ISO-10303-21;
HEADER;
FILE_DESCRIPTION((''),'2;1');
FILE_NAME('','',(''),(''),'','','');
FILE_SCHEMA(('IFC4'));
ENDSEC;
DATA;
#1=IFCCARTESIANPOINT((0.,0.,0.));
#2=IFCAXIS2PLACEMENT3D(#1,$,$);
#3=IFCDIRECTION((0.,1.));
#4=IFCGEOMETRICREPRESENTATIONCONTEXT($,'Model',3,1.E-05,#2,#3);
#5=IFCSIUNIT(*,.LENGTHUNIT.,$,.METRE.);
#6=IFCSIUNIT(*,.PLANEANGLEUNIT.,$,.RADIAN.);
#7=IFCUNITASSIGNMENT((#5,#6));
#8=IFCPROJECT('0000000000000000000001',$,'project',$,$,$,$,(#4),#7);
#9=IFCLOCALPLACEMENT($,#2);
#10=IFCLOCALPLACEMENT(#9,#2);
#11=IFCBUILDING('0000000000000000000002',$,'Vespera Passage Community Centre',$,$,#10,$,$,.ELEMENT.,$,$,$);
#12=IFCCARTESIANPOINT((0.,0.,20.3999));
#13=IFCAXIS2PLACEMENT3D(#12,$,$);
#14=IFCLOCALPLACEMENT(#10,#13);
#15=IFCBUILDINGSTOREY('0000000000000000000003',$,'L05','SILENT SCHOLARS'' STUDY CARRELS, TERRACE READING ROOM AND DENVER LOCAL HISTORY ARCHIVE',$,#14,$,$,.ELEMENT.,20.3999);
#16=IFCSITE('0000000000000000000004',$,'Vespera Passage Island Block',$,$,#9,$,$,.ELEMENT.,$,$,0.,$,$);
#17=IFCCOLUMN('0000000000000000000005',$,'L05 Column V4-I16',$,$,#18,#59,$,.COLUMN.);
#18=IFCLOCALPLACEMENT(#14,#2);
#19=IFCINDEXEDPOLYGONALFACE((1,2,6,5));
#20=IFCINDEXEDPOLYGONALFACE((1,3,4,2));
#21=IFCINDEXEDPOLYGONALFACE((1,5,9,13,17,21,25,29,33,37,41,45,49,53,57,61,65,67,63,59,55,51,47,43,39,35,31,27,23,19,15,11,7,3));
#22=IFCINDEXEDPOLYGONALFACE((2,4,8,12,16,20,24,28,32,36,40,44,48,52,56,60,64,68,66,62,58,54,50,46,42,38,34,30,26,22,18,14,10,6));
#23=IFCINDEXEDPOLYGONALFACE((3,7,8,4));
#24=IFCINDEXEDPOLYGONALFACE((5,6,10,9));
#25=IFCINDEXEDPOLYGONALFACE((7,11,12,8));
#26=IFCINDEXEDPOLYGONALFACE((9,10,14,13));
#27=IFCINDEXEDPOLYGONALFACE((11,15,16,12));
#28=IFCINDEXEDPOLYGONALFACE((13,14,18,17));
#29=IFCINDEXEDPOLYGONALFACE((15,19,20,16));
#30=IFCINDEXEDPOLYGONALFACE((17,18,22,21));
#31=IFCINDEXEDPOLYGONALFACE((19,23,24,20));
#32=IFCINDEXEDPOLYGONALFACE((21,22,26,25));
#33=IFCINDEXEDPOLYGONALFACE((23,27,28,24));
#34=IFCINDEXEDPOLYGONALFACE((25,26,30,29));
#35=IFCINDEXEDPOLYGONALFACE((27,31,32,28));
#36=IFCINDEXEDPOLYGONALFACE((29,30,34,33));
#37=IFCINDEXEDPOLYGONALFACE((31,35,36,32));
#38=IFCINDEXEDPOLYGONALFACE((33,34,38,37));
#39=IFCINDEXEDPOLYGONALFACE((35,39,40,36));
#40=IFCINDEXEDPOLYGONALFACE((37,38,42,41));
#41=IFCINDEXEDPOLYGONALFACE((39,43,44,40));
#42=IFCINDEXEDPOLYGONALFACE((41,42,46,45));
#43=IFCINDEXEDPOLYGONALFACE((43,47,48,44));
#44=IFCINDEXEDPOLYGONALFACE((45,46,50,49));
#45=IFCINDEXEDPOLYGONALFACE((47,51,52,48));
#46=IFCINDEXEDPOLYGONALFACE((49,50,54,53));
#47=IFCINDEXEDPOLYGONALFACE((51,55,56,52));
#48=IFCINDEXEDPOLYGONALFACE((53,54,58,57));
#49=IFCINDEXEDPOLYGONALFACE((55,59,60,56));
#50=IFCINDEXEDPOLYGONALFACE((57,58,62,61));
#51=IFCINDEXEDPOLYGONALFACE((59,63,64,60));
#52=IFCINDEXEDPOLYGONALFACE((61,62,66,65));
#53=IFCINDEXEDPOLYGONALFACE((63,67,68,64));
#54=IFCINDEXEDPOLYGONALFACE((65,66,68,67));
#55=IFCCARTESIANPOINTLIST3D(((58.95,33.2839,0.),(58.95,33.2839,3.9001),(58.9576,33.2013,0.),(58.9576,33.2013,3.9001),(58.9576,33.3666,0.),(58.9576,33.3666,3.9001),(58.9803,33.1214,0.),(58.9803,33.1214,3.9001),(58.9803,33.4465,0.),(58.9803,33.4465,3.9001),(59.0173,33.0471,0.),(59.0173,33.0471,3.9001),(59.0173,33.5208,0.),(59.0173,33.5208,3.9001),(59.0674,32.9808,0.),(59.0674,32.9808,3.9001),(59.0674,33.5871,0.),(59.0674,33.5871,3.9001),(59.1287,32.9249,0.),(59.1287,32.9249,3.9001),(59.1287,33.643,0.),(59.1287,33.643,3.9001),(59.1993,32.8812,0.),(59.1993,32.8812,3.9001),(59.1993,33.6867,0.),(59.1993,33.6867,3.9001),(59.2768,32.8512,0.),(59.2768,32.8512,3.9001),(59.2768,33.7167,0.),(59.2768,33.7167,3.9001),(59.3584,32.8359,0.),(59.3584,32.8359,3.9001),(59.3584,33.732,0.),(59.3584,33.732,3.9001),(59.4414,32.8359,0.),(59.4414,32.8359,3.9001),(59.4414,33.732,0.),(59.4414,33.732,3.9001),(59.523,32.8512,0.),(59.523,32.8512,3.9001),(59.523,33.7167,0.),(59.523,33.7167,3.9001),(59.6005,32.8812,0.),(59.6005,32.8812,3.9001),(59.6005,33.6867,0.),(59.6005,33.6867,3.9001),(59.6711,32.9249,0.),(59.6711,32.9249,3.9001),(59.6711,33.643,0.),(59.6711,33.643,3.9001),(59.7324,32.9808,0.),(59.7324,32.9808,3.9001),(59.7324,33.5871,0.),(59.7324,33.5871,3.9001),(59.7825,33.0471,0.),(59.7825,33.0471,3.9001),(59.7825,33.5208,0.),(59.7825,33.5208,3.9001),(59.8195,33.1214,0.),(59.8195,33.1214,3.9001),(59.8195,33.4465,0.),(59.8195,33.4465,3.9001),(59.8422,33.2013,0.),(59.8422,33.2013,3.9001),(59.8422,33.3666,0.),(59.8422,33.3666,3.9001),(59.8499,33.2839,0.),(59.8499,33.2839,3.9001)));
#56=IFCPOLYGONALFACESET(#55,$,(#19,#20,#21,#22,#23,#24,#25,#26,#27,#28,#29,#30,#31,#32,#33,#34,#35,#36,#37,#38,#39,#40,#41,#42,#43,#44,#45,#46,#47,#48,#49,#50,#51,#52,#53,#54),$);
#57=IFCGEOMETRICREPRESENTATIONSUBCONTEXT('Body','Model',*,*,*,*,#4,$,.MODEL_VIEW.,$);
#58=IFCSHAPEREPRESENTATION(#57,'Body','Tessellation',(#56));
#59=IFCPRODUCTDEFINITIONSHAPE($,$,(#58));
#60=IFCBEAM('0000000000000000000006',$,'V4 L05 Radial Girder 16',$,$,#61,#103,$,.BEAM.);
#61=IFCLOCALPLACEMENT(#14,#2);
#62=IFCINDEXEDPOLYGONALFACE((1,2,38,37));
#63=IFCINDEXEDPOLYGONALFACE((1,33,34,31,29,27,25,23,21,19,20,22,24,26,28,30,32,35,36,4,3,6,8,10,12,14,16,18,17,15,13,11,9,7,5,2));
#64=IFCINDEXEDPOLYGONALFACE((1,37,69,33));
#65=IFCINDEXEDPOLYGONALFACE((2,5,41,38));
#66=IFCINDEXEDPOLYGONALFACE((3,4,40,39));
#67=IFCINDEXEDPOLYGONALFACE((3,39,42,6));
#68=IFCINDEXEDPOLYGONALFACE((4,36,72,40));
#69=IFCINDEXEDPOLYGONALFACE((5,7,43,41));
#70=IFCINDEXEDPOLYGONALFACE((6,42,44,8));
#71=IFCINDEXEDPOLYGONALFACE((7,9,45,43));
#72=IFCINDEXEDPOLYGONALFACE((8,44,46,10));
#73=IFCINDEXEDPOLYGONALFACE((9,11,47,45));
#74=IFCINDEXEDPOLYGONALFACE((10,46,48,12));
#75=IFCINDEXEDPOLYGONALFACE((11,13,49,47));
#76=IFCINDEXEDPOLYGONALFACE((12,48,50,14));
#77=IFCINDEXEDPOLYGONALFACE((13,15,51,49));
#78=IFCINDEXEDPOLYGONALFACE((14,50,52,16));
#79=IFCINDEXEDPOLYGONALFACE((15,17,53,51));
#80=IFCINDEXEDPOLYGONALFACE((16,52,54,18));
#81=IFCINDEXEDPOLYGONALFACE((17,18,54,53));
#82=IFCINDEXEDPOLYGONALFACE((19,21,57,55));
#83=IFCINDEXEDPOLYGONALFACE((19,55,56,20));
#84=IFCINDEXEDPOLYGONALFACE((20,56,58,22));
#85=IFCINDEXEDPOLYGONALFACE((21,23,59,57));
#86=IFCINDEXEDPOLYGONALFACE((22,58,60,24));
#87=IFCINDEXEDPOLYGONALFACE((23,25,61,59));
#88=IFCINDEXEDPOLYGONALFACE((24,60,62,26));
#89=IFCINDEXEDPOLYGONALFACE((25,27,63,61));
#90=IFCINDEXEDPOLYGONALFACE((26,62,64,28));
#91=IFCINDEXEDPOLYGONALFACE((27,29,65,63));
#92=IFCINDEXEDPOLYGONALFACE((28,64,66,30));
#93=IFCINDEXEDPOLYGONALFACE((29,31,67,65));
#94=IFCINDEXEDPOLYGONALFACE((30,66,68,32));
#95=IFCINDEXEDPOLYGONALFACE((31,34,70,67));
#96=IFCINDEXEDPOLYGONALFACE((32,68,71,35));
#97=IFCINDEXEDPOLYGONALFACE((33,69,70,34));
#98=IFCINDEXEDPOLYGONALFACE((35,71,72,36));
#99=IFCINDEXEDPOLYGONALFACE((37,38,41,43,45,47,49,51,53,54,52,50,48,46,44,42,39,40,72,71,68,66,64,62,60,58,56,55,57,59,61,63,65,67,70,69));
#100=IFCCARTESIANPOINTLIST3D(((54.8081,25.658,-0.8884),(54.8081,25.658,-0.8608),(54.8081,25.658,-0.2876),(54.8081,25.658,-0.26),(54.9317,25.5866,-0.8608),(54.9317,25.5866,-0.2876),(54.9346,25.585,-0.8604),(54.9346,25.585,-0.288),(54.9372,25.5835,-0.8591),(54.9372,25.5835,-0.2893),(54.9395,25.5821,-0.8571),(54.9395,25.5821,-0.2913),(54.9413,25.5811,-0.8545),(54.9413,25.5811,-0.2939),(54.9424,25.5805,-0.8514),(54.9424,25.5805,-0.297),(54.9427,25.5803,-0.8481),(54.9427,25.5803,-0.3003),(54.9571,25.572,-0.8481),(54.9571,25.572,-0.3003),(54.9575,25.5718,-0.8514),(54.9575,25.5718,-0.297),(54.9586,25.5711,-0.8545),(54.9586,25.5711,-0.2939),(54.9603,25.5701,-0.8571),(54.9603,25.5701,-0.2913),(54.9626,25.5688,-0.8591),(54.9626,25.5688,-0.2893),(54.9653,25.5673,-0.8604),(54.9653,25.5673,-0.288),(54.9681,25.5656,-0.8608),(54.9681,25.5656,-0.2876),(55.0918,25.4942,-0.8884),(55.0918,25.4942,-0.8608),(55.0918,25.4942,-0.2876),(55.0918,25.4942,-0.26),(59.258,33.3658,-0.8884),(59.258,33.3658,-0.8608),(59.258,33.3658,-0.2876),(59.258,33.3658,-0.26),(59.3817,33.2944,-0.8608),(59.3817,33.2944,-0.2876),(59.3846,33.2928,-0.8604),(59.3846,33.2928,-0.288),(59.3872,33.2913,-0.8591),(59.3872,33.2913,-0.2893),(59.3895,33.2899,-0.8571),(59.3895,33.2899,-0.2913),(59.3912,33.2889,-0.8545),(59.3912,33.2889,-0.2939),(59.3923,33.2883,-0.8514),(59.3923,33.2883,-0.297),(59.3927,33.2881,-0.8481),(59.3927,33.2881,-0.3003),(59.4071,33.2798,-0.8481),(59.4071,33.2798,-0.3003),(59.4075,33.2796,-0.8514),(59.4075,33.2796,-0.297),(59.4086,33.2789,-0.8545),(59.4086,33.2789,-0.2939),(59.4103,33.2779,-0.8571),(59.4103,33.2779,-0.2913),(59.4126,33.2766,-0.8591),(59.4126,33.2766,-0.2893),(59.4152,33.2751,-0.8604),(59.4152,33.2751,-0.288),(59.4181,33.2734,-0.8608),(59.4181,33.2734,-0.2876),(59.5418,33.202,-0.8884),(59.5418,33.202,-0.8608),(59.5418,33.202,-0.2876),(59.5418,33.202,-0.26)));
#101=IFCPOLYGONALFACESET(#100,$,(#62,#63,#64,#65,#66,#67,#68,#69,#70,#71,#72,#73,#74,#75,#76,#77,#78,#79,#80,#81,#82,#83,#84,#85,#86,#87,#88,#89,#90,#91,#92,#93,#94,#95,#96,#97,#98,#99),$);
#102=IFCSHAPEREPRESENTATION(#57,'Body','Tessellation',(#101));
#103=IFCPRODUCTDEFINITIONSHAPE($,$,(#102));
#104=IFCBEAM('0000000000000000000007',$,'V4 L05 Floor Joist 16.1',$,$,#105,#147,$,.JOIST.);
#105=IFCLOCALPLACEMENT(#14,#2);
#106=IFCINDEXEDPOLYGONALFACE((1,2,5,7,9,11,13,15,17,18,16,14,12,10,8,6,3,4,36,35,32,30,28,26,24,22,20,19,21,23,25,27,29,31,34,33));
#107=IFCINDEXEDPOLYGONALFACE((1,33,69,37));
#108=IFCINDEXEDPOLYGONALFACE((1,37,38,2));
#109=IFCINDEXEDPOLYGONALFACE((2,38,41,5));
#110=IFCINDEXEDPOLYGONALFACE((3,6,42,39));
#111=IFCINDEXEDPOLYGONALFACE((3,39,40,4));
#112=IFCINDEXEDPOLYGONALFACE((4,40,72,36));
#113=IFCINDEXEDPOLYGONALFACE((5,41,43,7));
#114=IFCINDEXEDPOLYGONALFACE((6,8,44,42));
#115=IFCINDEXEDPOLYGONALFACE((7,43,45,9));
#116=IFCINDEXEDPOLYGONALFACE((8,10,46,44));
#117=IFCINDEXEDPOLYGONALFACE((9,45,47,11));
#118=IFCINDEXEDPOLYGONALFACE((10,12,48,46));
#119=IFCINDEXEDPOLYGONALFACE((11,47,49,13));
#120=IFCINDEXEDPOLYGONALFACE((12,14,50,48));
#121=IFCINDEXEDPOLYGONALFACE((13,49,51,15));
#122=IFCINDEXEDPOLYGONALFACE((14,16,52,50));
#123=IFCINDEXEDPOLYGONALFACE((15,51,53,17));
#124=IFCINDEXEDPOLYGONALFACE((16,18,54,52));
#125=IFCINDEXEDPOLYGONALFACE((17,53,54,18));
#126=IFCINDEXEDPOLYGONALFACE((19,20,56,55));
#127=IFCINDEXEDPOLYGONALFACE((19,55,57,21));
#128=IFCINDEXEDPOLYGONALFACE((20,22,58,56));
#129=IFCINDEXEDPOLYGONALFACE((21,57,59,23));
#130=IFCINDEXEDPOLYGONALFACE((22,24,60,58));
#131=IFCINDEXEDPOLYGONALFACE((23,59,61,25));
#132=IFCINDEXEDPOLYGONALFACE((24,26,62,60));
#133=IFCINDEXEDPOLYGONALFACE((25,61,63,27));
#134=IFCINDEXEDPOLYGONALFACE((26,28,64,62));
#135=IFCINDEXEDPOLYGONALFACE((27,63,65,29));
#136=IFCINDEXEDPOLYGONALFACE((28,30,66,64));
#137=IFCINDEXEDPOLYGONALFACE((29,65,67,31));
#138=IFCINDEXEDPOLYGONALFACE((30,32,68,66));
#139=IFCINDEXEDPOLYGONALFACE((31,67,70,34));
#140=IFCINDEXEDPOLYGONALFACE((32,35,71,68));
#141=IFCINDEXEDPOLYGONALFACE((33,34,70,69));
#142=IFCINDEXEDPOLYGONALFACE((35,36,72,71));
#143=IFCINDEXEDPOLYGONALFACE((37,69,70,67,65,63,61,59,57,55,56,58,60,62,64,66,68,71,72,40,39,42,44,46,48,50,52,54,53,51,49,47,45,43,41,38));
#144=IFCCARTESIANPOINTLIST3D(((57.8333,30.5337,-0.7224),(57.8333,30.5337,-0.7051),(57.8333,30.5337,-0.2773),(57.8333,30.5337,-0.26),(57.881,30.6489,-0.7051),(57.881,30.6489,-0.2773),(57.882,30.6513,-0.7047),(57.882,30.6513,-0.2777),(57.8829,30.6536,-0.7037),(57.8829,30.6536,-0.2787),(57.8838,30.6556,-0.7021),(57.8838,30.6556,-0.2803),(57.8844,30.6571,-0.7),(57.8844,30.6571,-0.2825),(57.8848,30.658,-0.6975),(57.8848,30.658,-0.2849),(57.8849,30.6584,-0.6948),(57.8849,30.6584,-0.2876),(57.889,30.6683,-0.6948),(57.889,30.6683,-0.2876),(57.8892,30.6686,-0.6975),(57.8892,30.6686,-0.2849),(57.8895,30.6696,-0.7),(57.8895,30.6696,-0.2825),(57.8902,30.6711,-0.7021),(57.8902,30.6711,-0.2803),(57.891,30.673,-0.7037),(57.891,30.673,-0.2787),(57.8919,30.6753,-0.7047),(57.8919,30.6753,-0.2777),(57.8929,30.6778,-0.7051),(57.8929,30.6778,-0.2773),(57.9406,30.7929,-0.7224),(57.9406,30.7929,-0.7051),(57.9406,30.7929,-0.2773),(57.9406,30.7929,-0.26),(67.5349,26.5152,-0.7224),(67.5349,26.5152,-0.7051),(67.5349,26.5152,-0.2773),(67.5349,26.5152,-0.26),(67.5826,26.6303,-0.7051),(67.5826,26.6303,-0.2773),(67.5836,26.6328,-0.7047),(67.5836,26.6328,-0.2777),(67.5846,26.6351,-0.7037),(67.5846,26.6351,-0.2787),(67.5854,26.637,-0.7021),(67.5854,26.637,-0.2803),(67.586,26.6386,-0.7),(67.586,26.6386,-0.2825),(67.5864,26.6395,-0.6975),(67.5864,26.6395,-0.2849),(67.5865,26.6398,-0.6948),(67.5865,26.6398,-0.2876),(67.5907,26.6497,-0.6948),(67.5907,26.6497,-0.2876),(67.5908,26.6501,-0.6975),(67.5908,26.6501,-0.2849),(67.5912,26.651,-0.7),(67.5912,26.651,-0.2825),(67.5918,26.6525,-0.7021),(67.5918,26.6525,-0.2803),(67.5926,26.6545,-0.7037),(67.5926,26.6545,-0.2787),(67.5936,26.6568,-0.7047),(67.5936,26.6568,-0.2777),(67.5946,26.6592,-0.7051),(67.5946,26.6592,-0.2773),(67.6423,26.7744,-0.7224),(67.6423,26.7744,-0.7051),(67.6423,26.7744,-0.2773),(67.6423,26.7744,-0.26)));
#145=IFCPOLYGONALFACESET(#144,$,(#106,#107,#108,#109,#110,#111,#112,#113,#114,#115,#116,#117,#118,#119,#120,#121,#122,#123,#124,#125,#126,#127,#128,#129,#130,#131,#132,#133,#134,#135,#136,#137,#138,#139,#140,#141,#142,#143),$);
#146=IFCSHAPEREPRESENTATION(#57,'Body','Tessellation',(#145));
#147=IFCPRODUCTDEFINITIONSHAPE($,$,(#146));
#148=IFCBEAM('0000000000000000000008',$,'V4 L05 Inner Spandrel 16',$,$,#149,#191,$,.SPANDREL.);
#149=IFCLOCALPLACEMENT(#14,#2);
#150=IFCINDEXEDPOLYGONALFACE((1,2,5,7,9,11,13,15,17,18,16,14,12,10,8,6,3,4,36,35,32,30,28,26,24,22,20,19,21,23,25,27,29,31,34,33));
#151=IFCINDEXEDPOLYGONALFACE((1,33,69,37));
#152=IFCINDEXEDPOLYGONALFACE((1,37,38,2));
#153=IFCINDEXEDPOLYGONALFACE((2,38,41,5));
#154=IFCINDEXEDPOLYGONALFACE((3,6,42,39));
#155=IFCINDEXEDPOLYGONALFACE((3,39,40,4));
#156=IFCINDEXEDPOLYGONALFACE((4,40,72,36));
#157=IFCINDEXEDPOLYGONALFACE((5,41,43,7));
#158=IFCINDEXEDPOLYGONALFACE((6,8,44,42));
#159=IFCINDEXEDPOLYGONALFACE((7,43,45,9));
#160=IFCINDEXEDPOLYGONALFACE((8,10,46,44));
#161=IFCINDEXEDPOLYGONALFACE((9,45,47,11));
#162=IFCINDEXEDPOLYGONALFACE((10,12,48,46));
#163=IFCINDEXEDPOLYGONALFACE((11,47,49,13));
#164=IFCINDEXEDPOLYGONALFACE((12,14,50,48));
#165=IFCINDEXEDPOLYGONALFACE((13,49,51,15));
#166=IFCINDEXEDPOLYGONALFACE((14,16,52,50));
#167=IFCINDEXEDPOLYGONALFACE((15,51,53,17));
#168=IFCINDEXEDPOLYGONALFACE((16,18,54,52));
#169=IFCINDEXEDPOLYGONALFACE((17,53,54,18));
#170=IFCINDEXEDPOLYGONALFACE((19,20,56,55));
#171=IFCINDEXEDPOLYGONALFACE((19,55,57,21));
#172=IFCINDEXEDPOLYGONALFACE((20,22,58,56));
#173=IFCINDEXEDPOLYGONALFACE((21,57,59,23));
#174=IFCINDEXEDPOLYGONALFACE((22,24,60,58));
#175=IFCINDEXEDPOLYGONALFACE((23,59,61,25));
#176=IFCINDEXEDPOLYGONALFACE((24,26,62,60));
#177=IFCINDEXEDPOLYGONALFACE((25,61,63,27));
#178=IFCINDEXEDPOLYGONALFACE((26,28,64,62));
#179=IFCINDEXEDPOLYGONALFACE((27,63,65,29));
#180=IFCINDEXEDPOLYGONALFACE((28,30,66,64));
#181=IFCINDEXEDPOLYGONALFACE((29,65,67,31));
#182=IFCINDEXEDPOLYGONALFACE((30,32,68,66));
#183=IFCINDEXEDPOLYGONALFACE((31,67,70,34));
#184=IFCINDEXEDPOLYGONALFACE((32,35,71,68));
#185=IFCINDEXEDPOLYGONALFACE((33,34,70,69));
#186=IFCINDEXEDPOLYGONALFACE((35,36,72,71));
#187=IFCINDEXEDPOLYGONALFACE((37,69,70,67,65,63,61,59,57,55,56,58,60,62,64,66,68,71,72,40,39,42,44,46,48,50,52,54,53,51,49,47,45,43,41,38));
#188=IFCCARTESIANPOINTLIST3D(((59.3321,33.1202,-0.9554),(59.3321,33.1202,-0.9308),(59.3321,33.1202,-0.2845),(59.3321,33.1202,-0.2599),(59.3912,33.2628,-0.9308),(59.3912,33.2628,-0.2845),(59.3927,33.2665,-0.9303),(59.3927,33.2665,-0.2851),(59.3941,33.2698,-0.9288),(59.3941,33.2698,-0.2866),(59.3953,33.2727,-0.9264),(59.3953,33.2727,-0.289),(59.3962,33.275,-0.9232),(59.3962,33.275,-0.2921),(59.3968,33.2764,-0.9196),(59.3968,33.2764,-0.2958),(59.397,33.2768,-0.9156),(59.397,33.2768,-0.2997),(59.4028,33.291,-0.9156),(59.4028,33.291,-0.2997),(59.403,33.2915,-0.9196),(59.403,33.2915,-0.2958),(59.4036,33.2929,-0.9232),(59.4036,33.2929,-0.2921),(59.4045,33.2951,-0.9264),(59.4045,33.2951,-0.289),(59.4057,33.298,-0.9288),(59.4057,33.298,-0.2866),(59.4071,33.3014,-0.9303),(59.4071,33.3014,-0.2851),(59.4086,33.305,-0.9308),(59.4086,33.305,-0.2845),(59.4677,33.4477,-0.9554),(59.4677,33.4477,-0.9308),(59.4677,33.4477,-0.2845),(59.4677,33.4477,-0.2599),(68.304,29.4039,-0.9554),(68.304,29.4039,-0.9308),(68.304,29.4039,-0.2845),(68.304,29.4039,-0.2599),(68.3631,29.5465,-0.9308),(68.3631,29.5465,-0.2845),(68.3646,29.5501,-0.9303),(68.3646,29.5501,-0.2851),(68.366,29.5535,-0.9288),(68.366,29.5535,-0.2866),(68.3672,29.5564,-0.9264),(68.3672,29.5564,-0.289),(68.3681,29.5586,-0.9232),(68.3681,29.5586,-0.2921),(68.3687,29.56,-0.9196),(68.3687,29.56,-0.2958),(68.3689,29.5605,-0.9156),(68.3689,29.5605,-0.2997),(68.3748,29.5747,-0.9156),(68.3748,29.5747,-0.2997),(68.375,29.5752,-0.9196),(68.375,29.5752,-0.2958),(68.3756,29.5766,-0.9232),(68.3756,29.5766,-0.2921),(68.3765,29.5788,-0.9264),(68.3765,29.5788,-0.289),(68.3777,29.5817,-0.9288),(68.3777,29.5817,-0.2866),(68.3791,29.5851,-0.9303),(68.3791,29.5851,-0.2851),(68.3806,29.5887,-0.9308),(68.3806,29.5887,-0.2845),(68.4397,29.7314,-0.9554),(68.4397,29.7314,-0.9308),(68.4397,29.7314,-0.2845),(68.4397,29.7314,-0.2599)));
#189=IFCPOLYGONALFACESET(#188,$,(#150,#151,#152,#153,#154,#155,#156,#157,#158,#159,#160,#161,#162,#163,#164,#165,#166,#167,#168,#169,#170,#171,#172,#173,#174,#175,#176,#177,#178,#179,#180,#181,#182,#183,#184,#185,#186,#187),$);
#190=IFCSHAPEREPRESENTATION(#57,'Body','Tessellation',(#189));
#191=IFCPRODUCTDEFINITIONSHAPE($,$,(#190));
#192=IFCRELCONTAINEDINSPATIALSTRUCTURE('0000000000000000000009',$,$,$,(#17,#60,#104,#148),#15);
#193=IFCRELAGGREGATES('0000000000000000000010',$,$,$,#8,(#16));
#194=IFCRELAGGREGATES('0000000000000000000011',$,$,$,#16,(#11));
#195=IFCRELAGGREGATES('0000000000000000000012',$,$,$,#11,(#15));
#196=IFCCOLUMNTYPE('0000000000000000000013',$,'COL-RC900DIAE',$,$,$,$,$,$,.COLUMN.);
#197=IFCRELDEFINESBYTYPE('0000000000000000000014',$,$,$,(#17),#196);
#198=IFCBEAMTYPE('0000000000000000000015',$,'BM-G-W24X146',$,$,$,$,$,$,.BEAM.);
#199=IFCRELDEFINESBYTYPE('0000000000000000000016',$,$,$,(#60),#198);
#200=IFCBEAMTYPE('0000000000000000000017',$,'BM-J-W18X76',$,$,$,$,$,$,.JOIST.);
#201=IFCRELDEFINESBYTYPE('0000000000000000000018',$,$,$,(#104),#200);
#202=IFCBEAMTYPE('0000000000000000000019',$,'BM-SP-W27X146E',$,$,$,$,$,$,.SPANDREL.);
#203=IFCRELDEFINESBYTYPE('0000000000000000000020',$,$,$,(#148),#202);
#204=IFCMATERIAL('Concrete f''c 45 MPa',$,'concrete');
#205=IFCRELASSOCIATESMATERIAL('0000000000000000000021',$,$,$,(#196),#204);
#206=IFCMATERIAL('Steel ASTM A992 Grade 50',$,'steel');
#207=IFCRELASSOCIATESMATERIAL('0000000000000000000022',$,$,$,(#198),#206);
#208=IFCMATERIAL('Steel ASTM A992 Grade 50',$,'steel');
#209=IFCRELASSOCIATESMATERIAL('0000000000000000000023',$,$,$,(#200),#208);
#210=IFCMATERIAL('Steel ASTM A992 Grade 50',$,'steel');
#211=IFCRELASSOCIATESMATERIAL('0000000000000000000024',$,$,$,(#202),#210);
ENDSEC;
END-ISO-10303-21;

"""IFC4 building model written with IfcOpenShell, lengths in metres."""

from ifc_helpers import new_model, si_unit, direction, frame, origin, origin_2d, place, context, subcontext, project, spatial, circle, i_section, extrude, material, material_profile, profile_set, type_object, element, save


model = new_model("IFC4")

# Units and contexts
model_context = context("Model", 3, precision=1e-05, world=origin(), true_north=direction((0.0, 1.0)))
body_context = subcontext(model_context, "Body", "Model", "MODEL_VIEW")
ifc_project = project(units=[si_unit("LENGTHUNIT", "METRE"), si_unit("PLANEANGLEUNIT", "RADIAN")], contexts=[model_context])

# Site, building, storey
site_placement = place(None, origin())
site = spatial("IfcSite", under=ifc_project, at=site_placement, Name="Vespera Passage Island Block", CompositionType="ELEMENT", RefElevation=0.0)
building_placement = place(site_placement, origin())
building = spatial("IfcBuilding", under=site, at=building_placement, Name="Vespera Passage Community Centre", CompositionType="ELEMENT")
storey_placement = place(building_placement, frame((0.0, 0.0, 20.3999)))
storey = spatial("IfcBuildingStorey", under=building, at=storey_placement, Name="L05", Description="SILENT SCHOLARS' STUDY CARRELS, TERRACE READING ROOM AND DENVER LOCAL HISTORY ARCHIVE", CompositionType="ELEMENT", Elevation=20.3999)

# Column
ifc_material_1 = material(Name="Concrete f'c 45 MPa", Category="concrete")
ifc_material_profile_1 = material_profile(ifc_material_1, circle(Radius=0.45, at=origin_2d()), Name="RC900DIA")
ifc_profile_set_1 = profile_set([ifc_material_profile_1], Name="Concrete f'c 45 MPa")
column_type = type_object("IfcColumnType", Name="COL-RC900DIAE", PredefinedType="COLUMN", material=ifc_profile_set_1)
column_placement = place(storey_placement, frame((59.3999, 33.2839, 0.0), z_axis=(0.0, 0.0, 1.0), x_axis=(1.0, 0.0, 0.0)))
element("IfcColumn", 1, at=column_placement, inside=storey, type_object=column_type, Name="L05 Column V4-I16", PredefinedType="COLUMN", context=body_context, shape_type="SweptSolid", body=[
    extrude(circle(Radius=0.45, at=origin_2d()), origin(), (0.0, 0.0, 1.0), 3.9001),
])

# Beams
ifc_material_2 = material(Name="Steel ASTM A992 Grade 50", Category="steel")
ifc_material_profile_2 = material_profile(ifc_material_2, i_section(OverallWidth=0.3276, OverallDepth=0.6284, WebThickness=0.0166, FlangeThickness=0.0276, FilletRadius=0.0127, at=origin_2d()), Name="W24X146")
ifc_profile_set_2 = profile_set([ifc_material_profile_2], Name="Steel ASTM A992 Grade 50")
beam_type_1 = type_object("IfcBeamType", Name="BM-G-W24X146", PredefinedType="BEAM", material=ifc_profile_set_2)
beam_1_placement = place(storey_placement, frame((59.3999, 33.2839, -0.5742), z_axis=(-0.499989, -0.866032, 0.0), x_axis=(0.866032, -0.499989, 0.0)))
element("IfcBeam", 2, at=beam_1_placement, inside=storey, type_object=beam_type_1, Name="V4 L05 Radial Girder 16", PredefinedType="BEAM", context=body_context, shape_type="SweptSolid", body=[
    extrude(i_section(OverallWidth=0.3276, OverallDepth=0.6284, WebThickness=0.0166, FlangeThickness=0.0276, FilletRadius=0.0127, at=origin_2d()), origin(), (0.0, 0.0, 1.0), 8.9001),
])
ifc_material_3 = material(Name="Steel ASTM A992 Grade 50", Category="steel")
ifc_material_profile_3 = material_profile(ifc_material_3, i_section(OverallWidth=0.2805, OverallDepth=0.4624, WebThickness=0.0107, FlangeThickness=0.0173, FilletRadius=0.0103, at=origin_2d()), Name="W18X76")
ifc_profile_set_3 = profile_set([ifc_material_profile_3], Name="Steel ASTM A992 Grade 50")
beam_type_2 = type_object("IfcBeamType", Name="BM-J-W18X76", PredefinedType="JOIST", material=ifc_profile_set_3)
beam_2_placement = place(storey_placement, frame((57.887, 30.6633, -0.4912), z_axis=(0.92388, -0.382683, 0.0), x_axis=(0.382683, 0.92388, 0.0)))
element("IfcBeam", 3, at=beam_2_placement, inside=storey, type_object=beam_type_2, Name="V4 L05 Floor Joist 16.1", PredefinedType="JOIST", context=body_context, shape_type="SweptSolid", body=[
    extrude(i_section(OverallWidth=0.2805, OverallDepth=0.4624, WebThickness=0.0107, FlangeThickness=0.0173, FilletRadius=0.0103, at=origin_2d()), origin(), (0.0, 0.0, 1.0), 10.501),
])
ifc_material_4 = material(Name="Steel ASTM A992 Grade 50", Category="steel")
ifc_material_profile_4 = material_profile(ifc_material_4, i_section(OverallWidth=0.3545, OverallDepth=0.6956, WebThickness=0.0154, FlangeThickness=0.0247, FilletRadius=0.0151, at=origin_2d()), Name="W27X146")
ifc_profile_set_4 = profile_set([ifc_material_profile_4], Name="Steel ASTM A992 Grade 50")
beam_type_3 = type_object("IfcBeamType", Name="BM-SP-W27X146E", PredefinedType="SPANDREL", material=ifc_profile_set_4)
beam_3_placement = place(storey_placement, frame((59.3999, 33.2839, -0.6077), z_axis=(0.923879, -0.382685, 0.0), x_axis=(0.382685, 0.923879, 0.0)))
element("IfcBeam", 4, at=beam_3_placement, inside=storey, type_object=beam_type_3, Name="V4 L05 Inner Spandrel 16", PredefinedType="SPANDREL", context=body_context, shape_type="SweptSolid", body=[
    extrude(i_section(OverallWidth=0.3545, OverallDepth=0.6956, WebThickness=0.0154, FlangeThickness=0.0247, FilletRadius=0.0151, at=origin_2d()), origin(), (0.0, 0.0, 1.0), 9.7112),
])

save(model, "model.ifc")
